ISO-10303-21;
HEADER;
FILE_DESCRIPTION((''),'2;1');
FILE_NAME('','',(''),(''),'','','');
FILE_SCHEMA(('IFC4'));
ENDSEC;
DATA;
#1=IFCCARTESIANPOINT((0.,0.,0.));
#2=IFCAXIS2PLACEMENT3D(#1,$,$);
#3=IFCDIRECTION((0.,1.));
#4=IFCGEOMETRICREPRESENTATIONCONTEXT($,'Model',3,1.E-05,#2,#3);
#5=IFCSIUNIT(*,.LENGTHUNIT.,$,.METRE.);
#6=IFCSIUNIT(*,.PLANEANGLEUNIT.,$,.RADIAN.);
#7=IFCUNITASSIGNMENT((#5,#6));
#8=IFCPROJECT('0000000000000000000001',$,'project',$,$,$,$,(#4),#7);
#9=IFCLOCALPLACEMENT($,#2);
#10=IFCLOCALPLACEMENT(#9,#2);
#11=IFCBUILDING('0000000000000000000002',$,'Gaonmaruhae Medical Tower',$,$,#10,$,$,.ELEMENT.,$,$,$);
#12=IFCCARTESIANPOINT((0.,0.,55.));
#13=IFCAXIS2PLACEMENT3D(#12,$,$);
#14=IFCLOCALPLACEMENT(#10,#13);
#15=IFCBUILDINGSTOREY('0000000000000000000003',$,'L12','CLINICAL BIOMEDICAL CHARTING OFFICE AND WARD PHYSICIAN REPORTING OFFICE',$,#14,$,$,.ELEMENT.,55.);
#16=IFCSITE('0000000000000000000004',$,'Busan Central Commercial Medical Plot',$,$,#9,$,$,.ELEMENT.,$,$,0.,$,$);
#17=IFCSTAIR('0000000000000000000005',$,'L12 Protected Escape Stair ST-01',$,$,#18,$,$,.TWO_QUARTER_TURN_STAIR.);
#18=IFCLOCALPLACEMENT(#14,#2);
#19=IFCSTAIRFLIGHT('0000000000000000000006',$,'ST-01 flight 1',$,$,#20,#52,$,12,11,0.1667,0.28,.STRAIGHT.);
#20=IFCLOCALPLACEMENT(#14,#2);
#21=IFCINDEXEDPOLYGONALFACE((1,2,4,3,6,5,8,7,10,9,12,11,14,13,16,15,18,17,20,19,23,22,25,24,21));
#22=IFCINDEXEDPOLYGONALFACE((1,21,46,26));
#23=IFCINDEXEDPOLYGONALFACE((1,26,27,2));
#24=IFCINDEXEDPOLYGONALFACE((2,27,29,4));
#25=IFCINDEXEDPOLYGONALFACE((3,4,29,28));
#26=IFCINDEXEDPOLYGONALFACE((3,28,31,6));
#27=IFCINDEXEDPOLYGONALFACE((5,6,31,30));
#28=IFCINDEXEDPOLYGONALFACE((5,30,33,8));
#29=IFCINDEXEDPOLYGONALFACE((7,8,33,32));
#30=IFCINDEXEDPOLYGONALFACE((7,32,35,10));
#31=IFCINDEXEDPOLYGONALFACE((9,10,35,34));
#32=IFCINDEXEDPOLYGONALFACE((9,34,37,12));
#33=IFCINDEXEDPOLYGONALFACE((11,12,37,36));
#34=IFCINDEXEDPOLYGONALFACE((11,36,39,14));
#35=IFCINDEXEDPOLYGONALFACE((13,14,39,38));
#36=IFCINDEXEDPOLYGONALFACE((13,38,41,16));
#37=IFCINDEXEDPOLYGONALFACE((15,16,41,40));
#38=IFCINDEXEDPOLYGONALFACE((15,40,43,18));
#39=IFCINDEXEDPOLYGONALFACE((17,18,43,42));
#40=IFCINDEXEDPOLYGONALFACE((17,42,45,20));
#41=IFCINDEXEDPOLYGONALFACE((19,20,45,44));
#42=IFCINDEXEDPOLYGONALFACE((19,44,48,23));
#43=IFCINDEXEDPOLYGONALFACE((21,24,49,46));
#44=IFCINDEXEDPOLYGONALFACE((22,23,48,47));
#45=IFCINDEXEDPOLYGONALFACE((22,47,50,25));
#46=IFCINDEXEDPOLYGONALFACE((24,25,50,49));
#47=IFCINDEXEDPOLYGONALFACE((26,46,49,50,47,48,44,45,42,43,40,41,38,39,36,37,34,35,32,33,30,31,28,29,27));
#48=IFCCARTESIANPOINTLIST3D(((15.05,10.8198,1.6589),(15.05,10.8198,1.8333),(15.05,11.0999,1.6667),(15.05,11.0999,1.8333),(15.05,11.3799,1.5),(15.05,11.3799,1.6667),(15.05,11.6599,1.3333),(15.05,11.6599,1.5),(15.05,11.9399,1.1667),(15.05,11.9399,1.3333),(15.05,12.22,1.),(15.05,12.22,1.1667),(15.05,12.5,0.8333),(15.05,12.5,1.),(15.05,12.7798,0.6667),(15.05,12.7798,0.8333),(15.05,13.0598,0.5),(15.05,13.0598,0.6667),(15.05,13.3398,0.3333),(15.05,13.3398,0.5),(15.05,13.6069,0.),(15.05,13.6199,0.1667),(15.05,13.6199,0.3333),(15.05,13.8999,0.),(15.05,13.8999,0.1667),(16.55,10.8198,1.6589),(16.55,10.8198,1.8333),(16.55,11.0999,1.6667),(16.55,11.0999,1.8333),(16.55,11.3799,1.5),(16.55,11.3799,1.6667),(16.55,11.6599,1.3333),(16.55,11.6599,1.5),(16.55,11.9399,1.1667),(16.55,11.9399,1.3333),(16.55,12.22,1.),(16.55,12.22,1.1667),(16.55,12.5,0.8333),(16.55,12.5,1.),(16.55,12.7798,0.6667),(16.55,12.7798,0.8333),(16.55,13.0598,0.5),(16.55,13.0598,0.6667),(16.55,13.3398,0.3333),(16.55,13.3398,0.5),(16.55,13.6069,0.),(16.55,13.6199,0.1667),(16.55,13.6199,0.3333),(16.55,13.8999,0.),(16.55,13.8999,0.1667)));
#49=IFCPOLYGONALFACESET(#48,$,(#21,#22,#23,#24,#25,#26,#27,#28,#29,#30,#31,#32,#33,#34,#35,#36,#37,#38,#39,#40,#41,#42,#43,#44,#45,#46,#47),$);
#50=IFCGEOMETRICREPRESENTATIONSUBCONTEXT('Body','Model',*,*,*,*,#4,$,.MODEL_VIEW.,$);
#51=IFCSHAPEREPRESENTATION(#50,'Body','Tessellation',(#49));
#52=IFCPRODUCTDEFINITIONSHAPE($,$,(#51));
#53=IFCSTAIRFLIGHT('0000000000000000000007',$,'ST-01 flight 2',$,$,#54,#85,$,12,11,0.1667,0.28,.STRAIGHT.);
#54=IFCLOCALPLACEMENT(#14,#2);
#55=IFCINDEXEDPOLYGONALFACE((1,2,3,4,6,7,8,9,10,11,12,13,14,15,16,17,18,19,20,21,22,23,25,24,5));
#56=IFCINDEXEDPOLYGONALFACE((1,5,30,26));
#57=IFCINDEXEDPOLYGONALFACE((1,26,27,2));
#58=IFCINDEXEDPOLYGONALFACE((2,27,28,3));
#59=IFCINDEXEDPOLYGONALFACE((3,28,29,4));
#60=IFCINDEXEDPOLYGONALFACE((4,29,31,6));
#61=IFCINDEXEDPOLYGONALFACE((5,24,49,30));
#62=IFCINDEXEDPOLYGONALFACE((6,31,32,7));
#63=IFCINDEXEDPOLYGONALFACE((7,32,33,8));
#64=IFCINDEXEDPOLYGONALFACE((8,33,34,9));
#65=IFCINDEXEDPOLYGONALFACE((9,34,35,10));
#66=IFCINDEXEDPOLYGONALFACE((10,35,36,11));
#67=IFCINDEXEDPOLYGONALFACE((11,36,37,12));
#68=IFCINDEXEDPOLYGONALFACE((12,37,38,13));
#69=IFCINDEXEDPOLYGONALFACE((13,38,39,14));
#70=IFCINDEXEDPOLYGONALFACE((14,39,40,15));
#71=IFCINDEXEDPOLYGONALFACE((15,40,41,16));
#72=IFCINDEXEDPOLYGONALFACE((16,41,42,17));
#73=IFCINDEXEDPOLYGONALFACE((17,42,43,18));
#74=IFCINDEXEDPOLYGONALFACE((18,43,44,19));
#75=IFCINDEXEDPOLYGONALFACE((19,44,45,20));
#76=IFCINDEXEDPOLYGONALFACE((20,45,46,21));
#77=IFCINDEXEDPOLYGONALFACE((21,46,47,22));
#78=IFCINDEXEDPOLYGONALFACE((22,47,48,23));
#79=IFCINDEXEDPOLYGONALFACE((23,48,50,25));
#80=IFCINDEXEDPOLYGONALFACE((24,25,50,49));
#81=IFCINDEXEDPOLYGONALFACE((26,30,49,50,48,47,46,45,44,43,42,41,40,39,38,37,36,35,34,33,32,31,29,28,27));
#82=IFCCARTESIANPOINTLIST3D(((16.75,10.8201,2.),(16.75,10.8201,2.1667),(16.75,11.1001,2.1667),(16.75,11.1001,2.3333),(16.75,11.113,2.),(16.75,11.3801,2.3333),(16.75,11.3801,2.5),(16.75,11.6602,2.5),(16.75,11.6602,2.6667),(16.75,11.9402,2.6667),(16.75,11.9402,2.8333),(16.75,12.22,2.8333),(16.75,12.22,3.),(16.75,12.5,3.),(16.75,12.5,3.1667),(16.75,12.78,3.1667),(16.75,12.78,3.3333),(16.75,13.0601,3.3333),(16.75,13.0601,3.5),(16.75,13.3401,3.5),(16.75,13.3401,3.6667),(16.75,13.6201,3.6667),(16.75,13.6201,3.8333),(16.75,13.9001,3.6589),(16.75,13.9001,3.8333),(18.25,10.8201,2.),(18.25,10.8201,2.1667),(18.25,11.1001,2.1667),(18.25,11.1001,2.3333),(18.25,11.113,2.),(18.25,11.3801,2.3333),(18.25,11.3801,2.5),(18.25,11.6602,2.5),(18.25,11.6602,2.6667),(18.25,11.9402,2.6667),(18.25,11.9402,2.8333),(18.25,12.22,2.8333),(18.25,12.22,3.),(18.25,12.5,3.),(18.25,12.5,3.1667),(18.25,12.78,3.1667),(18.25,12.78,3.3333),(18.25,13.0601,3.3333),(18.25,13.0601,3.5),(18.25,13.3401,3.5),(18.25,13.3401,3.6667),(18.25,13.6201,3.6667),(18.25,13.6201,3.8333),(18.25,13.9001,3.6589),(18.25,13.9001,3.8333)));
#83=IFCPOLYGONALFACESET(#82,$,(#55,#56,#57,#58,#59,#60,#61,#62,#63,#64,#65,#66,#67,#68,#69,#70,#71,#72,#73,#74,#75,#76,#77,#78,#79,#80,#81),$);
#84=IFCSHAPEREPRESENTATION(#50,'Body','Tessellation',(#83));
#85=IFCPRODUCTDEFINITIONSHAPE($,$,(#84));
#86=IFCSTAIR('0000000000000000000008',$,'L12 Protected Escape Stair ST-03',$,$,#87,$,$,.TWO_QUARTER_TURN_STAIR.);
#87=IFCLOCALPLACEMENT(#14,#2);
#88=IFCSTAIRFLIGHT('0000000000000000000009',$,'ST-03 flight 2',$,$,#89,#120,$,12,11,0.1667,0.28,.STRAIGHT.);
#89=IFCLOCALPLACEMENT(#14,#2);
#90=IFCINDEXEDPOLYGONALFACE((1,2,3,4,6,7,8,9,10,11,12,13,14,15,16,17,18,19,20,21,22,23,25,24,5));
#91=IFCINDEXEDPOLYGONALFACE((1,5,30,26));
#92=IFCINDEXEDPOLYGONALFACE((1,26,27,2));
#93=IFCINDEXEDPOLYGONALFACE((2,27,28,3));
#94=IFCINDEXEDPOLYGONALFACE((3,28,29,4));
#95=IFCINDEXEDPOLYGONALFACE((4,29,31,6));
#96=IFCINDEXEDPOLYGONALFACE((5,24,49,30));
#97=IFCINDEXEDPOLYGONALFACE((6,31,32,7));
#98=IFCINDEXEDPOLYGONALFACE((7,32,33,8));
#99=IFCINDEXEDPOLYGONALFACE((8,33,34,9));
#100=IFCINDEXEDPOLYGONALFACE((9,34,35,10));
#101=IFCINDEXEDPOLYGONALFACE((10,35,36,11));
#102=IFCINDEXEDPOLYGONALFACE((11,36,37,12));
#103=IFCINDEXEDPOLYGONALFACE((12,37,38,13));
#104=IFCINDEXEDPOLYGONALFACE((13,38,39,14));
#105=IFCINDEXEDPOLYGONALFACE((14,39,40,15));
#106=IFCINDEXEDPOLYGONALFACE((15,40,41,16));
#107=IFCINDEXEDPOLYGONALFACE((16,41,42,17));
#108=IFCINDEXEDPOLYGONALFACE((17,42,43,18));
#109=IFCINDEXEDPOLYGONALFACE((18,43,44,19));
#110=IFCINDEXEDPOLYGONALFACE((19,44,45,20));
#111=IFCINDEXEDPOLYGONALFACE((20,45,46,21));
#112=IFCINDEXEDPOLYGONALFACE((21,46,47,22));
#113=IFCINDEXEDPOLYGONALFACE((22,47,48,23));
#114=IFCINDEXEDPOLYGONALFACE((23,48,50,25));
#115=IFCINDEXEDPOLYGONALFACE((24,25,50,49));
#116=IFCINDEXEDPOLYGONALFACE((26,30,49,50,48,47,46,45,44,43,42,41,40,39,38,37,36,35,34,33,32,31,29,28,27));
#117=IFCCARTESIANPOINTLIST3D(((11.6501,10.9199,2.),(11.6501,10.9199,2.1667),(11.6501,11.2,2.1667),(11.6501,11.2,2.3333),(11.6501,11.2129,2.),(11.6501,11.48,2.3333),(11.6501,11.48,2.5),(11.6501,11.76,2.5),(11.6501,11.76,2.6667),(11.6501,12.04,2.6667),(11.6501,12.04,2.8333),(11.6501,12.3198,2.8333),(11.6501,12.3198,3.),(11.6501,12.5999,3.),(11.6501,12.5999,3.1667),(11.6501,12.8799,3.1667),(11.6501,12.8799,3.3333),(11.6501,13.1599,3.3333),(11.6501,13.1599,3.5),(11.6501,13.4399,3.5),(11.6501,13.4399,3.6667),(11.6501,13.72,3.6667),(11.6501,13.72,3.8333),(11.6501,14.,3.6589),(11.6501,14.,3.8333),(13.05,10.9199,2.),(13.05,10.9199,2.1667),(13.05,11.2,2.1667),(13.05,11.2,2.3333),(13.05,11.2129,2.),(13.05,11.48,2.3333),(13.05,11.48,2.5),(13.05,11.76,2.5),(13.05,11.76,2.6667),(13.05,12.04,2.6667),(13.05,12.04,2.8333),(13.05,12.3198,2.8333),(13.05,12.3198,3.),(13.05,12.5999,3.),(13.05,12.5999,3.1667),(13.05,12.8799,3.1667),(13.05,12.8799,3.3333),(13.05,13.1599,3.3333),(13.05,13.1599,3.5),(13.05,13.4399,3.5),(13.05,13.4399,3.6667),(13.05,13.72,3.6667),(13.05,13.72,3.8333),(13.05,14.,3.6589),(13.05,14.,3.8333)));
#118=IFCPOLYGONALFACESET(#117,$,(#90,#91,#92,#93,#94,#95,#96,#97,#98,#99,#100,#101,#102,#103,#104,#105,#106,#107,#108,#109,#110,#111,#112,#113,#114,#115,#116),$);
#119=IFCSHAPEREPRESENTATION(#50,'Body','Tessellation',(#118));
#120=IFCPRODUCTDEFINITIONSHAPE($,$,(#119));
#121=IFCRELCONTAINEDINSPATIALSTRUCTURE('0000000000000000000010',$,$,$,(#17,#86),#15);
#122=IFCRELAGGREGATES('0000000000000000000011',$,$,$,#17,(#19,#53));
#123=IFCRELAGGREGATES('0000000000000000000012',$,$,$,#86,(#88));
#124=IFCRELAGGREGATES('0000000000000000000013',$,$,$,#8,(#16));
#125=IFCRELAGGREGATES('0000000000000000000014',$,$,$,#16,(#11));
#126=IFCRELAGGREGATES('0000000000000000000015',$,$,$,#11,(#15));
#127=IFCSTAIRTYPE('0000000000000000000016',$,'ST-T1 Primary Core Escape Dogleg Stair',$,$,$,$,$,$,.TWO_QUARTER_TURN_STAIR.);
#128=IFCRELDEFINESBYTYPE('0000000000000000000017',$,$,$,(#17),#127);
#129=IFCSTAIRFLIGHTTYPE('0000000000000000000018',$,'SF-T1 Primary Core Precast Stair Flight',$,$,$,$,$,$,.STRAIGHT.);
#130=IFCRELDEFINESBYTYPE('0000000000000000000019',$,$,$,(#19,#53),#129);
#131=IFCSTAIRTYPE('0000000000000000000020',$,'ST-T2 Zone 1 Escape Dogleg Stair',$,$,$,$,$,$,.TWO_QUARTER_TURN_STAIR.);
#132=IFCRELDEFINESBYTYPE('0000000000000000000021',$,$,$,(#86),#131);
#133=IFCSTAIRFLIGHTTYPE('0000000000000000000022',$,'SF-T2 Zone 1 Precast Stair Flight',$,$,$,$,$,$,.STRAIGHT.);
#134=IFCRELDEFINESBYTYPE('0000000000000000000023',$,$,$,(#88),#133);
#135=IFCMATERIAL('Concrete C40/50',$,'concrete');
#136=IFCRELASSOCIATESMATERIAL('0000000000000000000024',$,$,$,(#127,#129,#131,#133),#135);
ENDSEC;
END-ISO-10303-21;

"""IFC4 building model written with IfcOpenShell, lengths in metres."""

from ifc_helpers import new_model, si_unit, direction, frame, origin, place, context, subcontext, project, spatial, polyline, outline, extrude, material, type_object, element, aggregate, save


model = new_model("IFC4")

# Units and contexts
model_context = context("Model", 3, precision=1e-05, world=origin(), true_north=direction((0.0, 1.0)))
body_context = subcontext(model_context, "Body", "Model", "MODEL_VIEW")
ifc_project = project(units=[si_unit("LENGTHUNIT", "METRE"), si_unit("PLANEANGLEUNIT", "RADIAN")], contexts=[model_context])

# Site, building, storey
site_placement = place(None, origin())
site = spatial("IfcSite", under=ifc_project, at=site_placement, Name="Busan Central Commercial Medical Plot", CompositionType="ELEMENT", RefElevation=0.0)
building_placement = place(site_placement, origin())
building = spatial("IfcBuilding", under=site, at=building_placement, Name="Gaonmaruhae Medical Tower", CompositionType="ELEMENT")
storey_placement = place(building_placement, frame((0.0, 0.0, 55.0)))
storey = spatial("IfcBuildingStorey", under=building, at=storey_placement, Name="L12", Description="CLINICAL BIOMEDICAL CHARTING OFFICE AND WARD PHYSICIAN REPORTING OFFICE", CompositionType="ELEMENT", Elevation=55.0)

# Stair, stair flights
ifc_material_1 = material(Name="Concrete C40/50", Category="concrete")
stair_type_1 = type_object("IfcStairType", Name="ST-T1 Primary Core Escape Dogleg Stair", PredefinedType="TWO_QUARTER_TURN_STAIR", material=ifc_material_1)
stair_1_placement = place(storey_placement, origin())
stair_1 = element("IfcStair", 1, at=stair_1_placement, inside=storey, type_object=stair_type_1, Name="L12 Protected Escape Stair ST-01", PredefinedType="TWO_QUARTER_TURN_STAIR")
stair_flight_type_1 = type_object("IfcStairFlightType", Name="SF-T1 Primary Core Precast Stair Flight", PredefinedType="STRAIGHT", material=ifc_material_1)
stair_flight_1_placement = place(storey_placement, frame((15.8, 13.8999, 0.0), z_axis=(0.0, 0.0, 1.0), x_axis=(0.0, -1.0, 0.0)))
stair_flight_1 = element("IfcStairFlight", 2, at=stair_flight_1_placement, type_object=stair_flight_type_1, Name="ST-01 flight 1", NumberOfRisers=12, NumberOfTreads=11, PredefinedType="STRAIGHT", RiserHeight=0.1667, TreadLength=0.28, context=body_context, shape_type="SweptSolid", body=[
    extrude(outline(polyline([(0.0, 0.0), (0.0, 0.1667), (0.28, 0.1667), (0.28, 0.3333), (0.5601, 0.3333), (0.5601, 0.5), (0.8401, 0.5), (0.8401, 0.6667), (1.1201, 0.6667), (1.1201, 0.8333), (1.3999, 0.8333), (1.3999, 1.0), (1.6799, 1.0), (1.6799, 1.1667), (1.96, 1.1667), (1.96, 1.3333), (2.24, 1.3333), (2.24, 1.5), (2.52, 1.5), (2.52, 1.6667), (2.8, 1.6667), (2.8, 1.8333), (3.0801, 1.8333), (3.0801, 2.0), (3.0801, 1.6589), (0.293, 0.0), (0.0, 0.0)])), frame((0.0, 0.75, 0.0), z_axis=(0.0, -1.0, 0.0), x_axis=(1.0, 0.0, 0.0)), (0.0, 0.0, 1.0), 1.5),
])
stair_flight_2_placement = place(storey_placement, frame((17.5, 10.8201, 2.0), z_axis=(0.0, 0.0, 1.0), x_axis=(0.0, 1.0, 0.0)))
stair_flight_2 = element("IfcStairFlight", 3, at=stair_flight_2_placement, type_object=stair_flight_type_1, Name="ST-01 flight 2", NumberOfRisers=12, NumberOfTreads=11, PredefinedType="STRAIGHT", RiserHeight=0.1667, TreadLength=0.28, context=body_context, shape_type="SweptSolid", body=[
    extrude(outline(polyline([(0.0, 0.0), (0.0, 0.1667), (0.28, 0.1667), (0.28, 0.3333), (0.5601, 0.3333), (0.5601, 0.5), (0.8401, 0.5), (0.8401, 0.6667), (1.1201, 0.6667), (1.1201, 0.8333), (1.3999, 0.8333), (1.3999, 1.0), (1.6799, 1.0), (1.6799, 1.1667), (1.96, 1.1667), (1.96, 1.3333), (2.24, 1.3333), (2.24, 1.5), (2.52, 1.5), (2.52, 1.6667), (2.8, 1.6667), (2.8, 1.8333), (3.0801, 1.8333), (3.0801, 2.0), (3.0801, 1.6589), (0.293, 0.0), (0.0, 0.0)])), frame((0.0, 0.75, 0.0), z_axis=(0.0, -1.0, 0.0), x_axis=(1.0, 0.0, 0.0)), (0.0, 0.0, 1.0), 1.5),
])
aggregate(stair_1, [stair_flight_1, stair_flight_2])

# Stair, stair flight
stair_type_2 = type_object("IfcStairType", Name="ST-T2 Zone 1 Escape Dogleg Stair", PredefinedType="TWO_QUARTER_TURN_STAIR", material=ifc_material_1)
stair_2_placement = place(storey_placement, origin())
stair_2 = element("IfcStair", 4, at=stair_2_placement, inside=storey, type_object=stair_type_2, Name="L12 Protected Escape Stair ST-03", PredefinedType="TWO_QUARTER_TURN_STAIR")
stair_flight_type_2 = type_object("IfcStairFlightType", Name="SF-T2 Zone 1 Precast Stair Flight", PredefinedType="STRAIGHT", material=ifc_material_1)
stair_flight_3_placement = place(storey_placement, frame((12.3501, 10.9199, 2.0), z_axis=(0.0, 0.0, 1.0), x_axis=(0.0, 1.0, 0.0)))
stair_flight_3 = element("IfcStairFlight", 5, at=stair_flight_3_placement, type_object=stair_flight_type_2, Name="ST-03 flight 2", NumberOfRisers=12, NumberOfTreads=11, PredefinedType="STRAIGHT", RiserHeight=0.1667, TreadLength=0.28, context=body_context, shape_type="SweptSolid", body=[
    extrude(outline(polyline([(0.0, 0.0), (0.0, 0.1667), (0.28, 0.1667), (0.28, 0.3333), (0.5601, 0.3333), (0.5601, 0.5), (0.8401, 0.5), (0.8401, 0.6667), (1.1201, 0.6667), (1.1201, 0.8333), (1.3999, 0.8333), (1.3999, 1.0), (1.6799, 1.0), (1.6799, 1.1667), (1.96, 1.1667), (1.96, 1.3333), (2.24, 1.3333), (2.24, 1.5), (2.52, 1.5), (2.52, 1.6667), (2.8, 1.6667), (2.8, 1.8333), (3.0801, 1.8333), (3.0801, 2.0), (3.0801, 1.6589), (0.293, 0.0), (0.0, 0.0)])), frame((0.0, 0.7, 0.0), z_axis=(0.0, -1.0, 0.0), x_axis=(1.0, 0.0, 0.0)), (0.0, 0.0, 1.0), 1.3999),
])
aggregate(stair_2, [stair_flight_3])

save(model, "model.ifc")
